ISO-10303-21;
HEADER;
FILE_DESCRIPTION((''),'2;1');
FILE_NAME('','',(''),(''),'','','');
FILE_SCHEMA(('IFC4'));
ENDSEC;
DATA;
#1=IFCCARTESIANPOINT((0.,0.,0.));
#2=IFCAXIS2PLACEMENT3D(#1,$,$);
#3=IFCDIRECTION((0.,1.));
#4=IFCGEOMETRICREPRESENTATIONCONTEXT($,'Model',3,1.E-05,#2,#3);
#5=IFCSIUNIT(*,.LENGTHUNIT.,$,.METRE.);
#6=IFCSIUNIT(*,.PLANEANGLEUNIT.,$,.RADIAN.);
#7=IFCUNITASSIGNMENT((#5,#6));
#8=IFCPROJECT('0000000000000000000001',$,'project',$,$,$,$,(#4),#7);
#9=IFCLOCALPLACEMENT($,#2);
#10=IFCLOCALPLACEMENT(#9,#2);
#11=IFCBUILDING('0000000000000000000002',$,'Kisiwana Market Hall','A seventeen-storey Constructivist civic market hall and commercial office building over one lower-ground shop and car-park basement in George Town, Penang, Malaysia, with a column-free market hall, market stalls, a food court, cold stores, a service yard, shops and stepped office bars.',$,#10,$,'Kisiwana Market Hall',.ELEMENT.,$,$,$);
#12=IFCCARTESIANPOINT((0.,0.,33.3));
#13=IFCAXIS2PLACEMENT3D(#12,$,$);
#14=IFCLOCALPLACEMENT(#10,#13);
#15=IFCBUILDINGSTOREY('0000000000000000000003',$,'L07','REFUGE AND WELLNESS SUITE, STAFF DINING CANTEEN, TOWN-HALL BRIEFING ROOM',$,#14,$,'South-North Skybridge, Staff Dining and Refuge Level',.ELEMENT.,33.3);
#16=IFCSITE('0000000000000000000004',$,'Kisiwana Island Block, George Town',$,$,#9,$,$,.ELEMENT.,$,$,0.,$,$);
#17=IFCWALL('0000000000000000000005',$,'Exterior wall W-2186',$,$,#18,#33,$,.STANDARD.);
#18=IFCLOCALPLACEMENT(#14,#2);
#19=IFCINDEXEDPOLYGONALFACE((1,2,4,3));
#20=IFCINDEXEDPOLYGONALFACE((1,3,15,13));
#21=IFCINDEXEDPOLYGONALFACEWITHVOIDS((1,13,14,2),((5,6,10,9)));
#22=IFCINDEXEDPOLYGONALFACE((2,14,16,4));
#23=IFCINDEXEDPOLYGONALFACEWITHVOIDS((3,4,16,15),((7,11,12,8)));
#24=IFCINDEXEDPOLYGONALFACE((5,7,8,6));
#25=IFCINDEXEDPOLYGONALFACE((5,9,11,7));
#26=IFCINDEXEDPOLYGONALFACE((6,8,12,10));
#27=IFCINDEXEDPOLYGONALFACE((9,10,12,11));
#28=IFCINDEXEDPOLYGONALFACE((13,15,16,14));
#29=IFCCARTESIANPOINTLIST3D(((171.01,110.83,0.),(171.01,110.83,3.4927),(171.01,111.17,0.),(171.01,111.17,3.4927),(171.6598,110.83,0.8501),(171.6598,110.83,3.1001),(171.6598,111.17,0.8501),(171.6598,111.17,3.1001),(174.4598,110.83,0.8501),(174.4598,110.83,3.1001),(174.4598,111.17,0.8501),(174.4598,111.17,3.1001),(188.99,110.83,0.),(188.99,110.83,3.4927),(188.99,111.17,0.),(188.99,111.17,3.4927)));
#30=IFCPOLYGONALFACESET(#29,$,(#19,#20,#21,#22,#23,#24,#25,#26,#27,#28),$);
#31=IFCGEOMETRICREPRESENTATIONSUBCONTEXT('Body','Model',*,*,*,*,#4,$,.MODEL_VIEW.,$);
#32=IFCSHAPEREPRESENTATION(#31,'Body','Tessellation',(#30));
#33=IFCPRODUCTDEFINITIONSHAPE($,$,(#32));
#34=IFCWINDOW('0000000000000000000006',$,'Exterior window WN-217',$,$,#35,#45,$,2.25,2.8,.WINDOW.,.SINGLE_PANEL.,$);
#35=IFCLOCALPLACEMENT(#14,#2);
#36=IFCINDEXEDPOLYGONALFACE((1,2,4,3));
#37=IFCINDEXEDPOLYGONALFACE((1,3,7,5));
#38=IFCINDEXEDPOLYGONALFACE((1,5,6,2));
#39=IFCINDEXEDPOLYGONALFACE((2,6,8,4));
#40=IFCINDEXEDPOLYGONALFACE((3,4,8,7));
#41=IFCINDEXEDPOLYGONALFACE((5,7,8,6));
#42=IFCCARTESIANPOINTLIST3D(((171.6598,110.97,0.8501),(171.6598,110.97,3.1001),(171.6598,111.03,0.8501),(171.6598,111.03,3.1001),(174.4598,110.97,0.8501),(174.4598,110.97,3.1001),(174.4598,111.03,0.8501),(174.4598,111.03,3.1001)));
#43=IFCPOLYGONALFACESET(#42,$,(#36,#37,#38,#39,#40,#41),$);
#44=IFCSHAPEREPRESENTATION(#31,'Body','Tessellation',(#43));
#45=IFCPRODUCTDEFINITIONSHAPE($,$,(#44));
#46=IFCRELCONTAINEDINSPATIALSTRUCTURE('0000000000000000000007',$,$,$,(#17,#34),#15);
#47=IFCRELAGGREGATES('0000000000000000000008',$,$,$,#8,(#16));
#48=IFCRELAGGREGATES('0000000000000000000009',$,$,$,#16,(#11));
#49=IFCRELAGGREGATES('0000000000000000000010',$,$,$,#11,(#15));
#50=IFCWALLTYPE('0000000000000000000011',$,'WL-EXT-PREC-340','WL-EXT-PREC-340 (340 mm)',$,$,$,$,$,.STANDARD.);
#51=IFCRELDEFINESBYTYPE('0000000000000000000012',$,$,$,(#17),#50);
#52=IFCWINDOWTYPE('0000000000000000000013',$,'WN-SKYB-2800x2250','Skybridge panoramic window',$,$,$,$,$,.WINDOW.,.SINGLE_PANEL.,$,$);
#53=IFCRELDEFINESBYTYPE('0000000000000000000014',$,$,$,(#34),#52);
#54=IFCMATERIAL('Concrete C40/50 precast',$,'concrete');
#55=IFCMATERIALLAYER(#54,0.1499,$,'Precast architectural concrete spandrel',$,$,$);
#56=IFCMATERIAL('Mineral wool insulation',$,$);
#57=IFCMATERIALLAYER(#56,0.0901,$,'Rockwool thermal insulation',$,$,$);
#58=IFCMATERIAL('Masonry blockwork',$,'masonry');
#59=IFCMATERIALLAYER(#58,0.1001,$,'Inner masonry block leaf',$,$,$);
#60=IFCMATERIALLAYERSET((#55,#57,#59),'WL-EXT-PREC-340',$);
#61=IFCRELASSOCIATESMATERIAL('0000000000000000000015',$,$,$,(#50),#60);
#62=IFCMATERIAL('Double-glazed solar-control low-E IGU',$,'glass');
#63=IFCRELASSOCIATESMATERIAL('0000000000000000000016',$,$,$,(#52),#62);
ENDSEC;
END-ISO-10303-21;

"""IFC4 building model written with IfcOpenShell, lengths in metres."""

from ifc_helpers import new_model, si_unit, direction, frame, frame_2d, origin, place, context, subcontext, project, spatial, rectangle, extrude, material, layer, layer_set, type_object, element, fill, save


model = new_model("IFC4")

# Units and contexts
model_context = context("Model", 3, precision=1e-05, world=origin(), true_north=direction((0.0, 1.0)))
body_context = subcontext(model_context, "Body", "Model", "MODEL_VIEW")
ifc_project = project(units=[si_unit("LENGTHUNIT", "METRE"), si_unit("PLANEANGLEUNIT", "RADIAN")], contexts=[model_context])

# Site, building, storey
site_placement = place(None, origin())
site = spatial("IfcSite", under=ifc_project, at=site_placement, Name="Kisiwana Island Block, George Town", CompositionType="ELEMENT", RefElevation=0.0)
building_placement = place(site_placement, origin())
building = spatial("IfcBuilding", under=site, at=building_placement, Name="Kisiwana Market Hall", Description="A seventeen-storey Constructivist civic market hall and commercial office building over one lower-ground shop and car-park basement in George Town, Penang, Malaysia, with a column-free market hall, market stalls, a food court, cold stores, a service yard, shops and stepped office bars.", LongName="Kisiwana Market Hall", CompositionType="ELEMENT")
storey_placement = place(building_placement, frame((0.0, 0.0, 33.3)))
storey = spatial("IfcBuildingStorey", under=building, at=storey_placement, Name="L07", Description="REFUGE AND WELLNESS SUITE, STAFF DINING CANTEEN, TOWN-HALL BRIEFING ROOM", LongName="South-North Skybridge, Staff Dining and Refuge Level", CompositionType="ELEMENT", Elevation=33.3)

# Wall, opening, window
ifc_material_1 = material(Name="Concrete C40/50 precast", Category="concrete")
ifc_layer_1 = layer(ifc_material_1, 0.1499, Name="Precast architectural concrete spandrel")
ifc_material_2 = material(Name="Mineral wool insulation")
ifc_layer_2 = layer(ifc_material_2, 0.0901, Name="Rockwool thermal insulation")
ifc_material_3 = material(Name="Masonry blockwork", Category="masonry")
ifc_layer_3 = layer(ifc_material_3, 0.1001, Name="Inner masonry block leaf")
ifc_layer_set_1 = layer_set([ifc_layer_1, ifc_layer_2, ifc_layer_3], Name="WL-EXT-PREC-340")
wall_type_1 = type_object("IfcWallType", Name="WL-EXT-PREC-340", Description="WL-EXT-PREC-340 (340 mm)", PredefinedType="STANDARD", material=ifc_layer_set_1)
wall_1_placement = place(storey_placement, frame((171.01, 111.0, 0.0), z_axis=(0.0, 0.0, 1.0), x_axis=(1.0, 0.0, 0.0)))
wall_1 = element("IfcWall", 1, at=wall_1_placement, inside=storey, type_object=wall_type_1, Name="Exterior wall W-2186", PredefinedType="STANDARD", context=body_context, shape_type="SweptSolid", body=[
    extrude(rectangle(XDim=17.98, YDim=0.3401, at=frame_2d((8.99, 0.0))), origin(), (0.0, 0.0, 1.0), 3.4927),
])
opening_1_placement = place(wall_1_placement, frame((0.6499, 0.0, 0.8501)))
opening_1 = element("IfcOpeningElement", 2, at=opening_1_placement, cuts=wall_1, PredefinedType="OPENING", context=body_context, shape_type="SweptSolid", body=[
    extrude(rectangle(XDim=2.8, YDim=2.25, at=frame_2d((1.3999, 1.125))), frame((0.0, 0.1821, 0.0), z_axis=(0.0, -1.0, 0.0), x_axis=(1.0, 0.0, 0.0)), (0.0, 0.0, 1.0), 0.364),
])
ifc_material_4 = material(Name="Double-glazed solar-control low-E IGU", Category="glass")
window_type_1 = type_object("IfcWindowType", Name="WN-SKYB-2800x2250", Description="Skybridge panoramic window", PartitioningType="SINGLE_PANEL", PredefinedType="WINDOW", material=ifc_material_4)
window_1_placement = place(opening_1_placement, origin())
window_1 = element("IfcWindow", 3, at=window_1_placement, inside=storey, type_object=window_type_1, Name="Exterior window WN-217", OverallHeight=2.25, OverallWidth=2.8, PartitioningType="SINGLE_PANEL", PredefinedType="WINDOW", context=body_context, shape_type="SweptSolid", body=[
    extrude(rectangle(XDim=2.8, YDim=2.25, at=frame_2d((1.3999, 1.125))), frame((0.0, 0.03, 0.0), z_axis=(0.0, -1.0, 0.0), x_axis=(1.0, 0.0, 0.0)), (0.0, 0.0, 1.0), 0.0601),
])
fill(opening_1, window_1)

save(model, "model.ifc")
